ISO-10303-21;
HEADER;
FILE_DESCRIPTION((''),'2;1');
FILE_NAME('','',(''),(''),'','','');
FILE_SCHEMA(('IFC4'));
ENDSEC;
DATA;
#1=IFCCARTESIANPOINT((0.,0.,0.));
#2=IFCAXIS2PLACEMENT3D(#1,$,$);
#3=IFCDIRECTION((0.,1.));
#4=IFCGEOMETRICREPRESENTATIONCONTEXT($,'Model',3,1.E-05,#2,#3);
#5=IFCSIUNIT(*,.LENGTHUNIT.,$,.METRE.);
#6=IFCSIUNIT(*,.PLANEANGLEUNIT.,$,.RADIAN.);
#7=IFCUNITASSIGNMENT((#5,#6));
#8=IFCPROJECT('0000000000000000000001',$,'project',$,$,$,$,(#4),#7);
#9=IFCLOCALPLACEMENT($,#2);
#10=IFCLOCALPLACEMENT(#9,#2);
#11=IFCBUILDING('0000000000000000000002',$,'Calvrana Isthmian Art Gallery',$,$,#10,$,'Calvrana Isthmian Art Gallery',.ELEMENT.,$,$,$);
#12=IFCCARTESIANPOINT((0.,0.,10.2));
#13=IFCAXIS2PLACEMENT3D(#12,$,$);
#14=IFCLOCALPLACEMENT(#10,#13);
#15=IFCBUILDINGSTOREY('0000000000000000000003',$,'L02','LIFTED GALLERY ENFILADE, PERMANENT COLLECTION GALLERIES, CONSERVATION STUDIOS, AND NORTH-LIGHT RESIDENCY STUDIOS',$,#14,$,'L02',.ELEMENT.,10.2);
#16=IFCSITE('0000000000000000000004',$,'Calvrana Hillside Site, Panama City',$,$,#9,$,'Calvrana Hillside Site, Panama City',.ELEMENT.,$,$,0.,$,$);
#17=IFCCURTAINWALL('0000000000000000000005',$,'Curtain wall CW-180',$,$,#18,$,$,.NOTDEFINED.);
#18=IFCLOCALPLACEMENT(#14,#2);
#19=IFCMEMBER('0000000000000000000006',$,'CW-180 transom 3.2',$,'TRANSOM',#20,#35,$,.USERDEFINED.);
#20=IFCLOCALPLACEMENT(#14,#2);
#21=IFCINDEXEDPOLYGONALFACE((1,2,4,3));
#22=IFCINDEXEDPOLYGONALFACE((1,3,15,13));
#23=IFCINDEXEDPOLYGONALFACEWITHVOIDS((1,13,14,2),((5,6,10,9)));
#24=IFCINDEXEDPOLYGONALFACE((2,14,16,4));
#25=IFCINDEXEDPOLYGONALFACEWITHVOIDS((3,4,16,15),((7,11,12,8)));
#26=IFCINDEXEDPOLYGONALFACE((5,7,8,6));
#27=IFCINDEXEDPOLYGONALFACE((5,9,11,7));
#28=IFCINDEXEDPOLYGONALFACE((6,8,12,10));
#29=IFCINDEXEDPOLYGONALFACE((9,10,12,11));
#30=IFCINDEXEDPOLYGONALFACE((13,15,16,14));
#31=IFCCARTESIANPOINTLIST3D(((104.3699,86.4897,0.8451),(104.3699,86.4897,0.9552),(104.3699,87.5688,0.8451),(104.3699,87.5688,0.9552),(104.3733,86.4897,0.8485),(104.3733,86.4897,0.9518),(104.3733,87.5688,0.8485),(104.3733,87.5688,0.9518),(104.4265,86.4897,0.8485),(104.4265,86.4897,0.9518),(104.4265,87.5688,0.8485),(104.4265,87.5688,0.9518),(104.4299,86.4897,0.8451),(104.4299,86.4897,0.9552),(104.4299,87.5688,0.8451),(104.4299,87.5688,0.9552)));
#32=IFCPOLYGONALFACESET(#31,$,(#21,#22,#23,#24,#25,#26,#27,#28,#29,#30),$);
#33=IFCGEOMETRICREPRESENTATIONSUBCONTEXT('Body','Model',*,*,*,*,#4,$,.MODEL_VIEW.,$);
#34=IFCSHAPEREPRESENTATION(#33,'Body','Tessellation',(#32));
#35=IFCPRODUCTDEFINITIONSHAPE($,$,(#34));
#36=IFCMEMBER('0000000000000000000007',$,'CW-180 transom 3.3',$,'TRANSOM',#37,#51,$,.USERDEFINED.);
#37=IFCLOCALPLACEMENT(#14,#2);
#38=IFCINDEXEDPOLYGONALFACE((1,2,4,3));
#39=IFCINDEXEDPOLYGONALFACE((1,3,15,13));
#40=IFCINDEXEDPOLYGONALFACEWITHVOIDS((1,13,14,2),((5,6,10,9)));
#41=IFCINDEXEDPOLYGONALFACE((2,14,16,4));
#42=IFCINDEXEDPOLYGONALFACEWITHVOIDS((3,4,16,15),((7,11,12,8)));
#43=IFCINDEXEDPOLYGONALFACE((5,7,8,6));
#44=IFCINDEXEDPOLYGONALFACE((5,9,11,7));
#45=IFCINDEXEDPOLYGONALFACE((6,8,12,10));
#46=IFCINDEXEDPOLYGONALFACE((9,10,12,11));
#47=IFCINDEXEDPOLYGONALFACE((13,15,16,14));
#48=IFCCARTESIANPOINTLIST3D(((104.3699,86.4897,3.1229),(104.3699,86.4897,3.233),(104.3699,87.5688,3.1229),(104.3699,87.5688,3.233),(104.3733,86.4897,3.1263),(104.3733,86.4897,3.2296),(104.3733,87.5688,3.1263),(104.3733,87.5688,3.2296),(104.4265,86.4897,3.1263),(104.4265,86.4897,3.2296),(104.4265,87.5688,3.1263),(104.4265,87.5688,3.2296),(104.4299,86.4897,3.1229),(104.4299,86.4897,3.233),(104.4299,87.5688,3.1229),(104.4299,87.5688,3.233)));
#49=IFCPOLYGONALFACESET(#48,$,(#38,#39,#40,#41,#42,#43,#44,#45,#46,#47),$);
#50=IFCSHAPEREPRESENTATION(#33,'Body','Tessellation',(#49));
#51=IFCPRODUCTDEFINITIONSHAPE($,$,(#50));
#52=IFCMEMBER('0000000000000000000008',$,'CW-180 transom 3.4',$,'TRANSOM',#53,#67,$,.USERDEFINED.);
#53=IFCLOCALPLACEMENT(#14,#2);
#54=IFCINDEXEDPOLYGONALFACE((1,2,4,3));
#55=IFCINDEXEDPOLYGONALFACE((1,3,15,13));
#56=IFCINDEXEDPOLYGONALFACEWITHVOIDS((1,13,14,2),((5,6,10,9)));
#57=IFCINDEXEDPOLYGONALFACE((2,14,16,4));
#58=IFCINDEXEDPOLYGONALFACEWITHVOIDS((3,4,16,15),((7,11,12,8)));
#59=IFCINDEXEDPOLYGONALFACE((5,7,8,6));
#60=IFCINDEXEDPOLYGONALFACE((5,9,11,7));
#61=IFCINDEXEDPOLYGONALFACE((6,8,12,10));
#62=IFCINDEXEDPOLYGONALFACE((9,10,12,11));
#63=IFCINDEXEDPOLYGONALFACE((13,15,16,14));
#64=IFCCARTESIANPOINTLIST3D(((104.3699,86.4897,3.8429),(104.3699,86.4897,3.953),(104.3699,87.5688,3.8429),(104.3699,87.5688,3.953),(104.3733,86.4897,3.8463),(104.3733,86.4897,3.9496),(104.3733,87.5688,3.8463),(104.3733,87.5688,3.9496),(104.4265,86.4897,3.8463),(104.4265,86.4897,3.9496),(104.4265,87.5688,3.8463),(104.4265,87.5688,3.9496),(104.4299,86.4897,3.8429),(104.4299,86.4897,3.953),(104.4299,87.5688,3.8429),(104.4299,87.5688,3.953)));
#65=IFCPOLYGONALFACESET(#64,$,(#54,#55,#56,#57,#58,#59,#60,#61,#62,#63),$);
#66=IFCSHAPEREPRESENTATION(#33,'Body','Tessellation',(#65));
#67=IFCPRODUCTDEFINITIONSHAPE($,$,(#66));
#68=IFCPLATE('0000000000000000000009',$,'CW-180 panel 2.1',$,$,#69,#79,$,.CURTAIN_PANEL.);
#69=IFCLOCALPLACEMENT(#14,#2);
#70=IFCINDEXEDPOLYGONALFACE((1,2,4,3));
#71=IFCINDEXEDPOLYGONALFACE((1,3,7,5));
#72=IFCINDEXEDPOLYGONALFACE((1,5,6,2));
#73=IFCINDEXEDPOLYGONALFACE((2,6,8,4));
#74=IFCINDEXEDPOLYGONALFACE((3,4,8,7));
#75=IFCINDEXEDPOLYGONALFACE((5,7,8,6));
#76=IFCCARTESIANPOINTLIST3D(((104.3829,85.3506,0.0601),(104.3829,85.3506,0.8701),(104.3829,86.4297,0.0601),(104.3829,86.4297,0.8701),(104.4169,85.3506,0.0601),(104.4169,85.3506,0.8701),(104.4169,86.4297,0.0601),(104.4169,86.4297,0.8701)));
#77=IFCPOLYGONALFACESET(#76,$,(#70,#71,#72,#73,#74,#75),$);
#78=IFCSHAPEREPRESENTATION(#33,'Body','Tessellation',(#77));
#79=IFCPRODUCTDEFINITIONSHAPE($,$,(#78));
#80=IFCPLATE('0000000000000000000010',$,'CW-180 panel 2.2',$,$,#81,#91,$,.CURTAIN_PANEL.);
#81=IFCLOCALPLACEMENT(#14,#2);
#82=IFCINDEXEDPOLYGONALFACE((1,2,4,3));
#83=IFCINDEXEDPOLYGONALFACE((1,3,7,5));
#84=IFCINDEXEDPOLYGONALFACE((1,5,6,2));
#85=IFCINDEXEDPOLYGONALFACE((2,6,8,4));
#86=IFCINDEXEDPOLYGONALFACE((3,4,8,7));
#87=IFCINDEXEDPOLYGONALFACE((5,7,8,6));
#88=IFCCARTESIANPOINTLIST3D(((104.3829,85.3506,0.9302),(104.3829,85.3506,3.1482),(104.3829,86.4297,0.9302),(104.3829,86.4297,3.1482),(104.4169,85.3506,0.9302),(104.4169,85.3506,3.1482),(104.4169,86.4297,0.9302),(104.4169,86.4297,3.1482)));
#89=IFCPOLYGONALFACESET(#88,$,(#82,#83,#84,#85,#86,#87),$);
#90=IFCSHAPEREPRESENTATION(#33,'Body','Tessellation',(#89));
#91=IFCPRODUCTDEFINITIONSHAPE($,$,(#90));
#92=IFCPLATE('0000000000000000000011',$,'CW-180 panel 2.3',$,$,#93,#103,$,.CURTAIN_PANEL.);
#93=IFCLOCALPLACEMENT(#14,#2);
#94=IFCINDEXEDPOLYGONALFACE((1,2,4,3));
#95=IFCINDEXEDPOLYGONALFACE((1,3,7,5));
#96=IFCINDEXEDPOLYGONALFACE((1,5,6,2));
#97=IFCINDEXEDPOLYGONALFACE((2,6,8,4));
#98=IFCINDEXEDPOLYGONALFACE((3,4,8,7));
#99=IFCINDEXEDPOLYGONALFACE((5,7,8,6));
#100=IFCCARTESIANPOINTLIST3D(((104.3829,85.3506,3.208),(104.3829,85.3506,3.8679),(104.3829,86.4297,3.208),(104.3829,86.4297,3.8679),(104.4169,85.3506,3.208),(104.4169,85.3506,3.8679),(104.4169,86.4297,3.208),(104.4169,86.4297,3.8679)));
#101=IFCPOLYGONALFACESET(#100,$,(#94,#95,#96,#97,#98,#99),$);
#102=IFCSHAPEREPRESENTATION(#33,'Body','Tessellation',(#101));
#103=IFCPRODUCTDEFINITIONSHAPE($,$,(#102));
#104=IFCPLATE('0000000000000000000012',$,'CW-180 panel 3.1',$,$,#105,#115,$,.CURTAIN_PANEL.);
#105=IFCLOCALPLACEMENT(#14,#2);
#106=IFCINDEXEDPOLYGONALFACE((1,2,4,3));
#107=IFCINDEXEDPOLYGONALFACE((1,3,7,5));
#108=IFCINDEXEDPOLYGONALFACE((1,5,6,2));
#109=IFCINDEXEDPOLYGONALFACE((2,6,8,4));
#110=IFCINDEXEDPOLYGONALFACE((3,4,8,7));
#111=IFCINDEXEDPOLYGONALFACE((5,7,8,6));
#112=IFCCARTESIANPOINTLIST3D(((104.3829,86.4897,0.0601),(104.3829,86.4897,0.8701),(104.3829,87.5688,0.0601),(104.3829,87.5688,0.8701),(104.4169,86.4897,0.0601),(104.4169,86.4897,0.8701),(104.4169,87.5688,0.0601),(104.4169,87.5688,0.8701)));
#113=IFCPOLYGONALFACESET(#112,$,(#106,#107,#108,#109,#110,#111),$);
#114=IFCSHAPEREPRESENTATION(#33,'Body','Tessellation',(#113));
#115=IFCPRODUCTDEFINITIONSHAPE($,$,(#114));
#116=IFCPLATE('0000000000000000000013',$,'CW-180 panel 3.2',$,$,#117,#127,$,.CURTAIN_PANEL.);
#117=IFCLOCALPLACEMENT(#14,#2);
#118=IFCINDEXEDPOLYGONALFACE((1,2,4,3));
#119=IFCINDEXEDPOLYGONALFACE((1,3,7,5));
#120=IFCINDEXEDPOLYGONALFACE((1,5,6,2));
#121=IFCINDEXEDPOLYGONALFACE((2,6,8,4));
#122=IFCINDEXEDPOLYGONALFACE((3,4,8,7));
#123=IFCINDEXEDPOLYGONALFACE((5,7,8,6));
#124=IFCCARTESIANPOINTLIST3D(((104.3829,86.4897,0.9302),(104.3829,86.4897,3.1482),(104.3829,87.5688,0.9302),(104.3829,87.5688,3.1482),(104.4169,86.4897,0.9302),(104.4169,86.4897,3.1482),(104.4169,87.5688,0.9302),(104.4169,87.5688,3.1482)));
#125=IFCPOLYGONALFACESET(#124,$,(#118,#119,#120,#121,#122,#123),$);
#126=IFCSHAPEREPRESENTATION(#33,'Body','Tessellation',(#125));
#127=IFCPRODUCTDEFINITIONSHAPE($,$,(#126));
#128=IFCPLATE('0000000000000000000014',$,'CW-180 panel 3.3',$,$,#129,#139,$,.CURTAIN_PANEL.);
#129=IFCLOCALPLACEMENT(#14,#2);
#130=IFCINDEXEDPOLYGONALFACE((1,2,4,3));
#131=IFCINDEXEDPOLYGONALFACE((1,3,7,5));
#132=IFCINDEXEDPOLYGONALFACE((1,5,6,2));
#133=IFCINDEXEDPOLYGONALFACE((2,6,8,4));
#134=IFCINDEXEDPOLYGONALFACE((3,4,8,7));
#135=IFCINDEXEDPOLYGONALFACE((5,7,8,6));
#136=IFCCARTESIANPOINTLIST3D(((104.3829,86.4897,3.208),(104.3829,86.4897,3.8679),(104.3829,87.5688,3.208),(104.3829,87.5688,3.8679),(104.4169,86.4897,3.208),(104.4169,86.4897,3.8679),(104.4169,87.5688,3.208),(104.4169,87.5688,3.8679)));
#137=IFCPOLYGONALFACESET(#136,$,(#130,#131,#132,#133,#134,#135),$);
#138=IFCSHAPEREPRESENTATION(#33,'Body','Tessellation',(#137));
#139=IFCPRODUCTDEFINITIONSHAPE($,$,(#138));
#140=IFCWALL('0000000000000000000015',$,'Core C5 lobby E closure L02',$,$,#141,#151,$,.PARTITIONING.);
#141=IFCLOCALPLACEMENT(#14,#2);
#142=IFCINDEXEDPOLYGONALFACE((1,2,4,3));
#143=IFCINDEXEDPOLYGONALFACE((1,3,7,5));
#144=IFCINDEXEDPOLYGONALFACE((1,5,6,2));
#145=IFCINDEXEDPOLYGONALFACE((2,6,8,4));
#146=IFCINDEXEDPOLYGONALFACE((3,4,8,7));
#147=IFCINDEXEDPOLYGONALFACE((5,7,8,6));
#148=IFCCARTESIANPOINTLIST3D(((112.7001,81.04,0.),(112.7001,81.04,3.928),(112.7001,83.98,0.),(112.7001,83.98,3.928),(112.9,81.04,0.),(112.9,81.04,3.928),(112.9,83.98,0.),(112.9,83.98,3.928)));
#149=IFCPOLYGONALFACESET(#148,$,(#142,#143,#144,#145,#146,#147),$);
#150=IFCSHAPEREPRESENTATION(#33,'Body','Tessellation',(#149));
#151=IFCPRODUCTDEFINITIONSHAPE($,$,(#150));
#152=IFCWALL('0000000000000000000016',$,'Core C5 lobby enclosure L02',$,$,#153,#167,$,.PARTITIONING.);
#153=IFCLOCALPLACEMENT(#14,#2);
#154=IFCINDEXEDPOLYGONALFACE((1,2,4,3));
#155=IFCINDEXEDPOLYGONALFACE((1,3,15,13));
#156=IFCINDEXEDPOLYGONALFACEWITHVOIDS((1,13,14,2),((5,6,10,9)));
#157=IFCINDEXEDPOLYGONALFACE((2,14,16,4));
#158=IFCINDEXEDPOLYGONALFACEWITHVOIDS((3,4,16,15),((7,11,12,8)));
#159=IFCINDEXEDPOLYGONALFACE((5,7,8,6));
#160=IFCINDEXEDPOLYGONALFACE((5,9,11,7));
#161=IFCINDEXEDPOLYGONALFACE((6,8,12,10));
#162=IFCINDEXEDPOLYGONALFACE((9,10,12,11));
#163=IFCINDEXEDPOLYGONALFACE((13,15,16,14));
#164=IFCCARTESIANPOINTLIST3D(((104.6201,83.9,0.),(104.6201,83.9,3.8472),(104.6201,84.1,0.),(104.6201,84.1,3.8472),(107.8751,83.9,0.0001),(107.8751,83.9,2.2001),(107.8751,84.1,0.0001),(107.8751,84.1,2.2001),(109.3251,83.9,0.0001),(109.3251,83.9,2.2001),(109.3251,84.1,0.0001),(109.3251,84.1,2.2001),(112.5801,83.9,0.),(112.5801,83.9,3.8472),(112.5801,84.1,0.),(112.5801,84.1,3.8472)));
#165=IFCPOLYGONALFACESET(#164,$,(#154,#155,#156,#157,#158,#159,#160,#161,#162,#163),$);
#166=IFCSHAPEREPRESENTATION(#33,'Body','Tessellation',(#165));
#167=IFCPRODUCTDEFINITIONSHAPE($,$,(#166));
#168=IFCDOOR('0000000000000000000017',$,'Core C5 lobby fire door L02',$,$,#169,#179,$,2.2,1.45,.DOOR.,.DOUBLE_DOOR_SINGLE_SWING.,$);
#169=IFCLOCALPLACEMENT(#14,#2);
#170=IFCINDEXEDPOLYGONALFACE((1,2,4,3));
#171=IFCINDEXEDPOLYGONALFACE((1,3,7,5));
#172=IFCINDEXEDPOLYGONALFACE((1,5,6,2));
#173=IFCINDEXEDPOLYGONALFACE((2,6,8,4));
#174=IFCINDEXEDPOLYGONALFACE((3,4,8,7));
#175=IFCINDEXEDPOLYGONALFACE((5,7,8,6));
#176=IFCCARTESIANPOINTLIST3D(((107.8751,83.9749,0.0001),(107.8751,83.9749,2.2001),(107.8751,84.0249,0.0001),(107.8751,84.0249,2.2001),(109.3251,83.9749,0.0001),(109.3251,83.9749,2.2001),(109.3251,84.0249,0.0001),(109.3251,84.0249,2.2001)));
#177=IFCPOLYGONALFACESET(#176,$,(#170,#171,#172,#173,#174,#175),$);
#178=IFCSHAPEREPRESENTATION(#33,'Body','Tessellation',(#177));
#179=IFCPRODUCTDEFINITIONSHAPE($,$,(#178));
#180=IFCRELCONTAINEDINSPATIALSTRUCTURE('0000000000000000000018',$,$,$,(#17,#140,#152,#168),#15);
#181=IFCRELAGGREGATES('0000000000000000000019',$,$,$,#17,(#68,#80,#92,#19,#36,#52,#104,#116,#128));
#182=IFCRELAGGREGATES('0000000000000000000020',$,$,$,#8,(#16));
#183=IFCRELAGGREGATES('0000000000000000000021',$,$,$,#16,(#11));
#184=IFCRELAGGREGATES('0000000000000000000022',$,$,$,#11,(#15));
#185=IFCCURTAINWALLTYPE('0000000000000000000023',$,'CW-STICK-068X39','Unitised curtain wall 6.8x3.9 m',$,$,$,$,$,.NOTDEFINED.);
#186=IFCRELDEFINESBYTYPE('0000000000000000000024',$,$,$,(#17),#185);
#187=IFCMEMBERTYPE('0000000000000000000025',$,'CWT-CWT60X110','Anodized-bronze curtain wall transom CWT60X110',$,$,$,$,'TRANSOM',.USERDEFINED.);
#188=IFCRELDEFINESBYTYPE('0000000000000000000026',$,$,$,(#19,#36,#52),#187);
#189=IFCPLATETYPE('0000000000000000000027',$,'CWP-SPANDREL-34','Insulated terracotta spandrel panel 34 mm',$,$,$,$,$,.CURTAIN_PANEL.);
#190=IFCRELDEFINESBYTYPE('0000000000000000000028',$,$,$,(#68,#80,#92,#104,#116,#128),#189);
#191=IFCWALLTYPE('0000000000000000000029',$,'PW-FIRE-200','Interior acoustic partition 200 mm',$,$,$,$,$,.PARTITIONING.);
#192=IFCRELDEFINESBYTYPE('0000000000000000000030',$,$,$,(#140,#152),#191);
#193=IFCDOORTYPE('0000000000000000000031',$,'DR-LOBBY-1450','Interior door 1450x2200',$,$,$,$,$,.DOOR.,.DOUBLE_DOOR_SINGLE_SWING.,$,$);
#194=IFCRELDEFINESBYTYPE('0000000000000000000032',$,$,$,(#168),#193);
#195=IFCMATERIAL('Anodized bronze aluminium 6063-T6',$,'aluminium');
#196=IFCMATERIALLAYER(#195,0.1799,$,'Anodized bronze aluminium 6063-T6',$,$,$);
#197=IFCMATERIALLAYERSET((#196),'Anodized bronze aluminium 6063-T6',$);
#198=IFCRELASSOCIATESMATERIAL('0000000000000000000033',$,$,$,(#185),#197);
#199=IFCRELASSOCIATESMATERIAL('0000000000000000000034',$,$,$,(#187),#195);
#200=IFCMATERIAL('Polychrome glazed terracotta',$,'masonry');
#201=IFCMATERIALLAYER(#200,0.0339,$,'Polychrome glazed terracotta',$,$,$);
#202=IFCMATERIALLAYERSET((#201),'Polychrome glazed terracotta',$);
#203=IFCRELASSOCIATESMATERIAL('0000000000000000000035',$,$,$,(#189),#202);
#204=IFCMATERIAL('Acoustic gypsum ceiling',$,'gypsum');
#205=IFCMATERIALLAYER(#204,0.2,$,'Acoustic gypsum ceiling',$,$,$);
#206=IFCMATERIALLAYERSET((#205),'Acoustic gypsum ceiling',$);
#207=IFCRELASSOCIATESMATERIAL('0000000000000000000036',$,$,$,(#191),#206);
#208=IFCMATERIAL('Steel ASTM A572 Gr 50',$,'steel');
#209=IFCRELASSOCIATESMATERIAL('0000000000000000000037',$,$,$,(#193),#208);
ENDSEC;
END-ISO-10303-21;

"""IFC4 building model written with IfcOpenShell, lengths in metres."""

from ifc_helpers import new_model, si_unit, direction, frame, frame_2d, origin, origin_2d, place, context, subcontext, project, spatial, rectangle, hollow_rectangle, extrude, material, layer, layer_set, material_profile, profile_set, type_object, element, fill, aggregate, save


model = new_model("IFC4")

# Units and contexts
model_context = context("Model", 3, precision=1e-05, world=origin(), true_north=direction((0.0, 1.0)))
body_context = subcontext(model_context, "Body", "Model", "MODEL_VIEW")
ifc_project = project(units=[si_unit("LENGTHUNIT", "METRE"), si_unit("PLANEANGLEUNIT", "RADIAN")], contexts=[model_context])

# Site, building, storey
site_placement = place(None, origin())
site = spatial("IfcSite", under=ifc_project, at=site_placement, Name="Calvrana Hillside Site, Panama City", LongName="Calvrana Hillside Site, Panama City", CompositionType="ELEMENT", RefElevation=0.0)
building_placement = place(site_placement, origin())
building = spatial("IfcBuilding", under=site, at=building_placement, Name="Calvrana Isthmian Art Gallery", LongName="Calvrana Isthmian Art Gallery", CompositionType="ELEMENT")
storey_placement = place(building_placement, frame((0.0, 0.0, 10.2)))
storey = spatial("IfcBuildingStorey", under=building, at=storey_placement, Name="L02", Description="LIFTED GALLERY ENFILADE, PERMANENT COLLECTION GALLERIES, CONSERVATION STUDIOS, AND NORTH-LIGHT RESIDENCY STUDIOS", LongName="L02", CompositionType="ELEMENT", Elevation=10.2)

# Curtain wall, members, plates
ifc_material_1 = material(Name="Anodized bronze aluminium 6063-T6", Category="aluminium")
ifc_layer_1 = layer(ifc_material_1, 0.1799, Name="Anodized bronze aluminium 6063-T6")
ifc_layer_set_1 = layer_set([ifc_layer_1], Name="Anodized bronze aluminium 6063-T6")
curtain_wall_type = type_object("IfcCurtainWallType", Name="CW-STICK-068X39", Description="Unitised curtain wall 6.8x3.9 m", PredefinedType="NOTDEFINED", material=ifc_layer_set_1)
curtain_wall_placement = place(storey_placement, origin())
curtain_wall = element("IfcCurtainWall", 1, at=curtain_wall_placement, inside=storey, type_object=curtain_wall_type, Name="Curtain wall CW-180", PredefinedType="NOTDEFINED")
ifc_material_profile_1 = material_profile(ifc_material_1, hollow_rectangle(XDim=0.0601, YDim=0.1101, WallThickness=0.0034, at=origin_2d()), Name="CWT60X110")
ifc_profile_set_1 = profile_set([ifc_material_profile_1], Name="Anodized bronze aluminium 6063-T6")
member_type_1 = type_object("IfcMemberType", Name="CWT-CWT60X110", Description="Anodized-bronze curtain wall transom CWT60X110", ElementType="TRANSOM", PredefinedType="USERDEFINED", material=ifc_profile_set_1)
member_1_placement = place(storey_placement, frame((104.3999, 86.4897, 0.9001), z_axis=(0.0, 1.0, 0.0), x_axis=(-1.0, 0.0, 0.0)))
member_1 = element("IfcMember", 2, at=member_1_placement, type_object=member_type_1, Name="CW-180 transom 3.2", ObjectType="TRANSOM", PredefinedType="USERDEFINED", context=body_context, shape_type="SweptSolid", body=[
    extrude(hollow_rectangle(XDim=0.0601, YDim=0.1101, WallThickness=0.0034, at=origin_2d()), origin(), (0.0, 0.0, 1.0), 1.0791),
])
member_2_placement = place(storey_placement, frame((104.3999, 86.4897, 3.178), z_axis=(0.0, 1.0, 0.0), x_axis=(-1.0, 0.0, 0.0)))
member_2 = element("IfcMember", 3, at=member_2_placement, type_object=member_type_1, Name="CW-180 transom 3.3", ObjectType="TRANSOM", PredefinedType="USERDEFINED", context=body_context, shape_type="SweptSolid", body=[
    extrude(hollow_rectangle(XDim=0.0601, YDim=0.1101, WallThickness=0.0034, at=origin_2d()), origin(), (0.0, 0.0, 1.0), 1.0791),
])
member_3_placement = place(storey_placement, frame((104.3999, 86.4897, 3.8979), z_axis=(0.0, 1.0, 0.0), x_axis=(-1.0, 0.0, 0.0)))
member_3 = element("IfcMember", 4, at=member_3_placement, type_object=member_type_1, Name="CW-180 transom 3.4", ObjectType="TRANSOM", PredefinedType="USERDEFINED", context=body_context, shape_type="SweptSolid", body=[
    extrude(hollow_rectangle(XDim=0.0601, YDim=0.1101, WallThickness=0.0034, at=origin_2d()), origin(), (0.0, 0.0, 1.0), 1.0791),
])
ifc_material_2 = material(Name="Polychrome glazed terracotta", Category="masonry")
ifc_layer_2 = layer(ifc_material_2, 0.0339, Name="Polychrome glazed terracotta")
ifc_layer_set_2 = layer_set([ifc_layer_2], Name="Polychrome glazed terracotta")
plate_type = type_object("IfcPlateType", Name="CWP-SPANDREL-34", Description="Insulated terracotta spandrel panel 34 mm", PredefinedType="CURTAIN_PANEL", material=ifc_layer_set_2)
plate_1_placement = place(storey_placement, frame((104.3999, 85.8901, 0.0601), z_axis=(0.0, 0.0, 1.0), x_axis=(0.0, 1.0, 0.0)))
plate_1 = element("IfcPlate", 5, at=plate_1_placement, type_object=plate_type, Name="CW-180 panel 2.1", PredefinedType="CURTAIN_PANEL", context=body_context, shape_type="SweptSolid", body=[
    extrude(rectangle(XDim=1.0791, YDim=0.0339, at=origin_2d()), origin(), (0.0, 0.0, 1.0), 0.8101),
])
plate_2_placement = place(storey_placement, frame((104.3999, 85.8901, 0.9302), z_axis=(0.0, 0.0, 1.0), x_axis=(0.0, 1.0, 0.0)))
plate_2 = element("IfcPlate", 6, at=plate_2_placement, type_object=plate_type, Name="CW-180 panel 2.2", PredefinedType="CURTAIN_PANEL", context=body_context, shape_type="SweptSolid", body=[
    extrude(rectangle(XDim=1.0791, YDim=0.0339, at=origin_2d()), origin(), (0.0, 0.0, 1.0), 2.218),
])
plate_3_placement = place(storey_placement, frame((104.3999, 85.8901, 3.208), z_axis=(0.0, 0.0, 1.0), x_axis=(0.0, 1.0, 0.0)))
plate_3 = element("IfcPlate", 7, at=plate_3_placement, type_object=plate_type, Name="CW-180 panel 2.3", PredefinedType="CURTAIN_PANEL", context=body_context, shape_type="SweptSolid", body=[
    extrude(rectangle(XDim=1.0791, YDim=0.0339, at=origin_2d()), origin(), (0.0, 0.0, 1.0), 0.6599),
])
plate_4_placement = place(storey_placement, frame((104.3999, 87.0293, 0.0601), z_axis=(0.0, 0.0, 1.0), x_axis=(0.0, 1.0, 0.0)))
plate_4 = element("IfcPlate", 8, at=plate_4_placement, type_object=plate_type, Name="CW-180 panel 3.1", PredefinedType="CURTAIN_PANEL", context=body_context, shape_type="SweptSolid", body=[
    extrude(rectangle(XDim=1.0791, YDim=0.0339, at=origin_2d()), origin(), (0.0, 0.0, 1.0), 0.8101),
])
plate_5_placement = place(storey_placement, frame((104.3999, 87.0293, 0.9302), z_axis=(0.0, 0.0, 1.0), x_axis=(0.0, 1.0, 0.0)))
plate_5 = element("IfcPlate", 9, at=plate_5_placement, type_object=plate_type, Name="CW-180 panel 3.2", PredefinedType="CURTAIN_PANEL", context=body_context, shape_type="SweptSolid", body=[
    extrude(rectangle(XDim=1.0791, YDim=0.0339, at=origin_2d()), origin(), (0.0, 0.0, 1.0), 2.218),
])
plate_6_placement = place(storey_placement, frame((104.3999, 87.0293, 3.208), z_axis=(0.0, 0.0, 1.0), x_axis=(0.0, 1.0, 0.0)))
plate_6 = element("IfcPlate", 10, at=plate_6_placement, type_object=plate_type, Name="CW-180 panel 3.3", PredefinedType="CURTAIN_PANEL", context=body_context, shape_type="SweptSolid", body=[
    extrude(rectangle(XDim=1.0791, YDim=0.0339, at=origin_2d()), origin(), (0.0, 0.0, 1.0), 0.6599),
])
aggregate(curtain_wall, [plate_1, plate_2, plate_3, member_1, member_2, member_3, plate_4, plate_5, plate_6])

# Wall
ifc_material_3 = material(Name="Acoustic gypsum ceiling", Category="gypsum")
ifc_layer_3 = layer(ifc_material_3, 0.2, Name="Acoustic gypsum ceiling")
ifc_layer_set_3 = layer_set([ifc_layer_3], Name="Acoustic gypsum ceiling")
wall_type_1 = type_object("IfcWallType", Name="PW-FIRE-200", Description="Interior acoustic partition 200 mm", PredefinedType="PARTITIONING", material=ifc_layer_set_3)
wall_1_placement = place(storey_placement, frame((112.8, 81.04, 0.0), z_axis=(0.0, 0.0, 1.0), x_axis=(0.0, 1.0, 0.0)))
element("IfcWall", 11, at=wall_1_placement, inside=storey, type_object=wall_type_1, Name="Core C5 lobby E closure L02", PredefinedType="PARTITIONING", context=body_context, shape_type="SweptSolid", body=[
    extrude(rectangle(XDim=2.9399, YDim=0.2, at=frame_2d((1.47, 0.0))), origin(), (0.0, 0.0, 1.0), 3.928),
])

# Wall, opening, door
wall_2_placement = place(storey_placement, frame((104.6201, 84.0, 0.0), z_axis=(0.0, 0.0, 1.0), x_axis=(1.0, 0.0, 0.0)))
wall_2 = element("IfcWall", 12, at=wall_2_placement, inside=storey, type_object=wall_type_1, Name="Core C5 lobby enclosure L02", PredefinedType="PARTITIONING", context=body_context, shape_type="SweptSolid", body=[
    extrude(rectangle(XDim=7.96, YDim=0.2, at=frame_2d((3.98, 0.0))), origin(), (0.0, 0.0, 1.0), 3.8472),
])
opening_1_placement = place(wall_2_placement, frame((3.2549, 0.0, 0.0)))
opening_1 = element("IfcOpeningElement", 13, at=opening_1_placement, cuts=wall_2, PredefinedType="OPENING", context=body_context, shape_type="SweptSolid", body=[
    extrude(rectangle(XDim=1.45, YDim=2.2, at=frame_2d((0.7251, 1.1001))), frame((0.0, 0.1104, 0.0), z_axis=(0.0, -1.0, 0.0), x_axis=(1.0, 0.0, 0.0)), (0.0, 0.0, 1.0), 0.2205),
])
ifc_material_4 = material(Name="Steel ASTM A572 Gr 50", Category="steel")
door_type_1 = type_object("IfcDoorType", Name="DR-LOBBY-1450", Description="Interior door 1450x2200", OperationType="DOUBLE_DOOR_SINGLE_SWING", PredefinedType="DOOR", material=ifc_material_4)
door_1_placement = place(opening_1_placement, origin())
door_1 = element("IfcDoor", 14, at=door_1_placement, inside=storey, type_object=door_type_1, Name="Core C5 lobby fire door L02", OperationType="DOUBLE_DOOR_SINGLE_SWING", OverallHeight=2.2, OverallWidth=1.45, PredefinedType="DOOR", context=body_context, shape_type="SweptSolid", body=[
    extrude(rectangle(XDim=1.45, YDim=2.2, at=frame_2d((0.7251, 1.1001))), frame((0.0, 0.0249, 0.0), z_axis=(0.0, -1.0, 0.0), x_axis=(1.0, 0.0, 0.0)), (0.0, 0.0, 1.0), 0.05),
])
fill(opening_1, door_1)

save(model, "model.ifc")
